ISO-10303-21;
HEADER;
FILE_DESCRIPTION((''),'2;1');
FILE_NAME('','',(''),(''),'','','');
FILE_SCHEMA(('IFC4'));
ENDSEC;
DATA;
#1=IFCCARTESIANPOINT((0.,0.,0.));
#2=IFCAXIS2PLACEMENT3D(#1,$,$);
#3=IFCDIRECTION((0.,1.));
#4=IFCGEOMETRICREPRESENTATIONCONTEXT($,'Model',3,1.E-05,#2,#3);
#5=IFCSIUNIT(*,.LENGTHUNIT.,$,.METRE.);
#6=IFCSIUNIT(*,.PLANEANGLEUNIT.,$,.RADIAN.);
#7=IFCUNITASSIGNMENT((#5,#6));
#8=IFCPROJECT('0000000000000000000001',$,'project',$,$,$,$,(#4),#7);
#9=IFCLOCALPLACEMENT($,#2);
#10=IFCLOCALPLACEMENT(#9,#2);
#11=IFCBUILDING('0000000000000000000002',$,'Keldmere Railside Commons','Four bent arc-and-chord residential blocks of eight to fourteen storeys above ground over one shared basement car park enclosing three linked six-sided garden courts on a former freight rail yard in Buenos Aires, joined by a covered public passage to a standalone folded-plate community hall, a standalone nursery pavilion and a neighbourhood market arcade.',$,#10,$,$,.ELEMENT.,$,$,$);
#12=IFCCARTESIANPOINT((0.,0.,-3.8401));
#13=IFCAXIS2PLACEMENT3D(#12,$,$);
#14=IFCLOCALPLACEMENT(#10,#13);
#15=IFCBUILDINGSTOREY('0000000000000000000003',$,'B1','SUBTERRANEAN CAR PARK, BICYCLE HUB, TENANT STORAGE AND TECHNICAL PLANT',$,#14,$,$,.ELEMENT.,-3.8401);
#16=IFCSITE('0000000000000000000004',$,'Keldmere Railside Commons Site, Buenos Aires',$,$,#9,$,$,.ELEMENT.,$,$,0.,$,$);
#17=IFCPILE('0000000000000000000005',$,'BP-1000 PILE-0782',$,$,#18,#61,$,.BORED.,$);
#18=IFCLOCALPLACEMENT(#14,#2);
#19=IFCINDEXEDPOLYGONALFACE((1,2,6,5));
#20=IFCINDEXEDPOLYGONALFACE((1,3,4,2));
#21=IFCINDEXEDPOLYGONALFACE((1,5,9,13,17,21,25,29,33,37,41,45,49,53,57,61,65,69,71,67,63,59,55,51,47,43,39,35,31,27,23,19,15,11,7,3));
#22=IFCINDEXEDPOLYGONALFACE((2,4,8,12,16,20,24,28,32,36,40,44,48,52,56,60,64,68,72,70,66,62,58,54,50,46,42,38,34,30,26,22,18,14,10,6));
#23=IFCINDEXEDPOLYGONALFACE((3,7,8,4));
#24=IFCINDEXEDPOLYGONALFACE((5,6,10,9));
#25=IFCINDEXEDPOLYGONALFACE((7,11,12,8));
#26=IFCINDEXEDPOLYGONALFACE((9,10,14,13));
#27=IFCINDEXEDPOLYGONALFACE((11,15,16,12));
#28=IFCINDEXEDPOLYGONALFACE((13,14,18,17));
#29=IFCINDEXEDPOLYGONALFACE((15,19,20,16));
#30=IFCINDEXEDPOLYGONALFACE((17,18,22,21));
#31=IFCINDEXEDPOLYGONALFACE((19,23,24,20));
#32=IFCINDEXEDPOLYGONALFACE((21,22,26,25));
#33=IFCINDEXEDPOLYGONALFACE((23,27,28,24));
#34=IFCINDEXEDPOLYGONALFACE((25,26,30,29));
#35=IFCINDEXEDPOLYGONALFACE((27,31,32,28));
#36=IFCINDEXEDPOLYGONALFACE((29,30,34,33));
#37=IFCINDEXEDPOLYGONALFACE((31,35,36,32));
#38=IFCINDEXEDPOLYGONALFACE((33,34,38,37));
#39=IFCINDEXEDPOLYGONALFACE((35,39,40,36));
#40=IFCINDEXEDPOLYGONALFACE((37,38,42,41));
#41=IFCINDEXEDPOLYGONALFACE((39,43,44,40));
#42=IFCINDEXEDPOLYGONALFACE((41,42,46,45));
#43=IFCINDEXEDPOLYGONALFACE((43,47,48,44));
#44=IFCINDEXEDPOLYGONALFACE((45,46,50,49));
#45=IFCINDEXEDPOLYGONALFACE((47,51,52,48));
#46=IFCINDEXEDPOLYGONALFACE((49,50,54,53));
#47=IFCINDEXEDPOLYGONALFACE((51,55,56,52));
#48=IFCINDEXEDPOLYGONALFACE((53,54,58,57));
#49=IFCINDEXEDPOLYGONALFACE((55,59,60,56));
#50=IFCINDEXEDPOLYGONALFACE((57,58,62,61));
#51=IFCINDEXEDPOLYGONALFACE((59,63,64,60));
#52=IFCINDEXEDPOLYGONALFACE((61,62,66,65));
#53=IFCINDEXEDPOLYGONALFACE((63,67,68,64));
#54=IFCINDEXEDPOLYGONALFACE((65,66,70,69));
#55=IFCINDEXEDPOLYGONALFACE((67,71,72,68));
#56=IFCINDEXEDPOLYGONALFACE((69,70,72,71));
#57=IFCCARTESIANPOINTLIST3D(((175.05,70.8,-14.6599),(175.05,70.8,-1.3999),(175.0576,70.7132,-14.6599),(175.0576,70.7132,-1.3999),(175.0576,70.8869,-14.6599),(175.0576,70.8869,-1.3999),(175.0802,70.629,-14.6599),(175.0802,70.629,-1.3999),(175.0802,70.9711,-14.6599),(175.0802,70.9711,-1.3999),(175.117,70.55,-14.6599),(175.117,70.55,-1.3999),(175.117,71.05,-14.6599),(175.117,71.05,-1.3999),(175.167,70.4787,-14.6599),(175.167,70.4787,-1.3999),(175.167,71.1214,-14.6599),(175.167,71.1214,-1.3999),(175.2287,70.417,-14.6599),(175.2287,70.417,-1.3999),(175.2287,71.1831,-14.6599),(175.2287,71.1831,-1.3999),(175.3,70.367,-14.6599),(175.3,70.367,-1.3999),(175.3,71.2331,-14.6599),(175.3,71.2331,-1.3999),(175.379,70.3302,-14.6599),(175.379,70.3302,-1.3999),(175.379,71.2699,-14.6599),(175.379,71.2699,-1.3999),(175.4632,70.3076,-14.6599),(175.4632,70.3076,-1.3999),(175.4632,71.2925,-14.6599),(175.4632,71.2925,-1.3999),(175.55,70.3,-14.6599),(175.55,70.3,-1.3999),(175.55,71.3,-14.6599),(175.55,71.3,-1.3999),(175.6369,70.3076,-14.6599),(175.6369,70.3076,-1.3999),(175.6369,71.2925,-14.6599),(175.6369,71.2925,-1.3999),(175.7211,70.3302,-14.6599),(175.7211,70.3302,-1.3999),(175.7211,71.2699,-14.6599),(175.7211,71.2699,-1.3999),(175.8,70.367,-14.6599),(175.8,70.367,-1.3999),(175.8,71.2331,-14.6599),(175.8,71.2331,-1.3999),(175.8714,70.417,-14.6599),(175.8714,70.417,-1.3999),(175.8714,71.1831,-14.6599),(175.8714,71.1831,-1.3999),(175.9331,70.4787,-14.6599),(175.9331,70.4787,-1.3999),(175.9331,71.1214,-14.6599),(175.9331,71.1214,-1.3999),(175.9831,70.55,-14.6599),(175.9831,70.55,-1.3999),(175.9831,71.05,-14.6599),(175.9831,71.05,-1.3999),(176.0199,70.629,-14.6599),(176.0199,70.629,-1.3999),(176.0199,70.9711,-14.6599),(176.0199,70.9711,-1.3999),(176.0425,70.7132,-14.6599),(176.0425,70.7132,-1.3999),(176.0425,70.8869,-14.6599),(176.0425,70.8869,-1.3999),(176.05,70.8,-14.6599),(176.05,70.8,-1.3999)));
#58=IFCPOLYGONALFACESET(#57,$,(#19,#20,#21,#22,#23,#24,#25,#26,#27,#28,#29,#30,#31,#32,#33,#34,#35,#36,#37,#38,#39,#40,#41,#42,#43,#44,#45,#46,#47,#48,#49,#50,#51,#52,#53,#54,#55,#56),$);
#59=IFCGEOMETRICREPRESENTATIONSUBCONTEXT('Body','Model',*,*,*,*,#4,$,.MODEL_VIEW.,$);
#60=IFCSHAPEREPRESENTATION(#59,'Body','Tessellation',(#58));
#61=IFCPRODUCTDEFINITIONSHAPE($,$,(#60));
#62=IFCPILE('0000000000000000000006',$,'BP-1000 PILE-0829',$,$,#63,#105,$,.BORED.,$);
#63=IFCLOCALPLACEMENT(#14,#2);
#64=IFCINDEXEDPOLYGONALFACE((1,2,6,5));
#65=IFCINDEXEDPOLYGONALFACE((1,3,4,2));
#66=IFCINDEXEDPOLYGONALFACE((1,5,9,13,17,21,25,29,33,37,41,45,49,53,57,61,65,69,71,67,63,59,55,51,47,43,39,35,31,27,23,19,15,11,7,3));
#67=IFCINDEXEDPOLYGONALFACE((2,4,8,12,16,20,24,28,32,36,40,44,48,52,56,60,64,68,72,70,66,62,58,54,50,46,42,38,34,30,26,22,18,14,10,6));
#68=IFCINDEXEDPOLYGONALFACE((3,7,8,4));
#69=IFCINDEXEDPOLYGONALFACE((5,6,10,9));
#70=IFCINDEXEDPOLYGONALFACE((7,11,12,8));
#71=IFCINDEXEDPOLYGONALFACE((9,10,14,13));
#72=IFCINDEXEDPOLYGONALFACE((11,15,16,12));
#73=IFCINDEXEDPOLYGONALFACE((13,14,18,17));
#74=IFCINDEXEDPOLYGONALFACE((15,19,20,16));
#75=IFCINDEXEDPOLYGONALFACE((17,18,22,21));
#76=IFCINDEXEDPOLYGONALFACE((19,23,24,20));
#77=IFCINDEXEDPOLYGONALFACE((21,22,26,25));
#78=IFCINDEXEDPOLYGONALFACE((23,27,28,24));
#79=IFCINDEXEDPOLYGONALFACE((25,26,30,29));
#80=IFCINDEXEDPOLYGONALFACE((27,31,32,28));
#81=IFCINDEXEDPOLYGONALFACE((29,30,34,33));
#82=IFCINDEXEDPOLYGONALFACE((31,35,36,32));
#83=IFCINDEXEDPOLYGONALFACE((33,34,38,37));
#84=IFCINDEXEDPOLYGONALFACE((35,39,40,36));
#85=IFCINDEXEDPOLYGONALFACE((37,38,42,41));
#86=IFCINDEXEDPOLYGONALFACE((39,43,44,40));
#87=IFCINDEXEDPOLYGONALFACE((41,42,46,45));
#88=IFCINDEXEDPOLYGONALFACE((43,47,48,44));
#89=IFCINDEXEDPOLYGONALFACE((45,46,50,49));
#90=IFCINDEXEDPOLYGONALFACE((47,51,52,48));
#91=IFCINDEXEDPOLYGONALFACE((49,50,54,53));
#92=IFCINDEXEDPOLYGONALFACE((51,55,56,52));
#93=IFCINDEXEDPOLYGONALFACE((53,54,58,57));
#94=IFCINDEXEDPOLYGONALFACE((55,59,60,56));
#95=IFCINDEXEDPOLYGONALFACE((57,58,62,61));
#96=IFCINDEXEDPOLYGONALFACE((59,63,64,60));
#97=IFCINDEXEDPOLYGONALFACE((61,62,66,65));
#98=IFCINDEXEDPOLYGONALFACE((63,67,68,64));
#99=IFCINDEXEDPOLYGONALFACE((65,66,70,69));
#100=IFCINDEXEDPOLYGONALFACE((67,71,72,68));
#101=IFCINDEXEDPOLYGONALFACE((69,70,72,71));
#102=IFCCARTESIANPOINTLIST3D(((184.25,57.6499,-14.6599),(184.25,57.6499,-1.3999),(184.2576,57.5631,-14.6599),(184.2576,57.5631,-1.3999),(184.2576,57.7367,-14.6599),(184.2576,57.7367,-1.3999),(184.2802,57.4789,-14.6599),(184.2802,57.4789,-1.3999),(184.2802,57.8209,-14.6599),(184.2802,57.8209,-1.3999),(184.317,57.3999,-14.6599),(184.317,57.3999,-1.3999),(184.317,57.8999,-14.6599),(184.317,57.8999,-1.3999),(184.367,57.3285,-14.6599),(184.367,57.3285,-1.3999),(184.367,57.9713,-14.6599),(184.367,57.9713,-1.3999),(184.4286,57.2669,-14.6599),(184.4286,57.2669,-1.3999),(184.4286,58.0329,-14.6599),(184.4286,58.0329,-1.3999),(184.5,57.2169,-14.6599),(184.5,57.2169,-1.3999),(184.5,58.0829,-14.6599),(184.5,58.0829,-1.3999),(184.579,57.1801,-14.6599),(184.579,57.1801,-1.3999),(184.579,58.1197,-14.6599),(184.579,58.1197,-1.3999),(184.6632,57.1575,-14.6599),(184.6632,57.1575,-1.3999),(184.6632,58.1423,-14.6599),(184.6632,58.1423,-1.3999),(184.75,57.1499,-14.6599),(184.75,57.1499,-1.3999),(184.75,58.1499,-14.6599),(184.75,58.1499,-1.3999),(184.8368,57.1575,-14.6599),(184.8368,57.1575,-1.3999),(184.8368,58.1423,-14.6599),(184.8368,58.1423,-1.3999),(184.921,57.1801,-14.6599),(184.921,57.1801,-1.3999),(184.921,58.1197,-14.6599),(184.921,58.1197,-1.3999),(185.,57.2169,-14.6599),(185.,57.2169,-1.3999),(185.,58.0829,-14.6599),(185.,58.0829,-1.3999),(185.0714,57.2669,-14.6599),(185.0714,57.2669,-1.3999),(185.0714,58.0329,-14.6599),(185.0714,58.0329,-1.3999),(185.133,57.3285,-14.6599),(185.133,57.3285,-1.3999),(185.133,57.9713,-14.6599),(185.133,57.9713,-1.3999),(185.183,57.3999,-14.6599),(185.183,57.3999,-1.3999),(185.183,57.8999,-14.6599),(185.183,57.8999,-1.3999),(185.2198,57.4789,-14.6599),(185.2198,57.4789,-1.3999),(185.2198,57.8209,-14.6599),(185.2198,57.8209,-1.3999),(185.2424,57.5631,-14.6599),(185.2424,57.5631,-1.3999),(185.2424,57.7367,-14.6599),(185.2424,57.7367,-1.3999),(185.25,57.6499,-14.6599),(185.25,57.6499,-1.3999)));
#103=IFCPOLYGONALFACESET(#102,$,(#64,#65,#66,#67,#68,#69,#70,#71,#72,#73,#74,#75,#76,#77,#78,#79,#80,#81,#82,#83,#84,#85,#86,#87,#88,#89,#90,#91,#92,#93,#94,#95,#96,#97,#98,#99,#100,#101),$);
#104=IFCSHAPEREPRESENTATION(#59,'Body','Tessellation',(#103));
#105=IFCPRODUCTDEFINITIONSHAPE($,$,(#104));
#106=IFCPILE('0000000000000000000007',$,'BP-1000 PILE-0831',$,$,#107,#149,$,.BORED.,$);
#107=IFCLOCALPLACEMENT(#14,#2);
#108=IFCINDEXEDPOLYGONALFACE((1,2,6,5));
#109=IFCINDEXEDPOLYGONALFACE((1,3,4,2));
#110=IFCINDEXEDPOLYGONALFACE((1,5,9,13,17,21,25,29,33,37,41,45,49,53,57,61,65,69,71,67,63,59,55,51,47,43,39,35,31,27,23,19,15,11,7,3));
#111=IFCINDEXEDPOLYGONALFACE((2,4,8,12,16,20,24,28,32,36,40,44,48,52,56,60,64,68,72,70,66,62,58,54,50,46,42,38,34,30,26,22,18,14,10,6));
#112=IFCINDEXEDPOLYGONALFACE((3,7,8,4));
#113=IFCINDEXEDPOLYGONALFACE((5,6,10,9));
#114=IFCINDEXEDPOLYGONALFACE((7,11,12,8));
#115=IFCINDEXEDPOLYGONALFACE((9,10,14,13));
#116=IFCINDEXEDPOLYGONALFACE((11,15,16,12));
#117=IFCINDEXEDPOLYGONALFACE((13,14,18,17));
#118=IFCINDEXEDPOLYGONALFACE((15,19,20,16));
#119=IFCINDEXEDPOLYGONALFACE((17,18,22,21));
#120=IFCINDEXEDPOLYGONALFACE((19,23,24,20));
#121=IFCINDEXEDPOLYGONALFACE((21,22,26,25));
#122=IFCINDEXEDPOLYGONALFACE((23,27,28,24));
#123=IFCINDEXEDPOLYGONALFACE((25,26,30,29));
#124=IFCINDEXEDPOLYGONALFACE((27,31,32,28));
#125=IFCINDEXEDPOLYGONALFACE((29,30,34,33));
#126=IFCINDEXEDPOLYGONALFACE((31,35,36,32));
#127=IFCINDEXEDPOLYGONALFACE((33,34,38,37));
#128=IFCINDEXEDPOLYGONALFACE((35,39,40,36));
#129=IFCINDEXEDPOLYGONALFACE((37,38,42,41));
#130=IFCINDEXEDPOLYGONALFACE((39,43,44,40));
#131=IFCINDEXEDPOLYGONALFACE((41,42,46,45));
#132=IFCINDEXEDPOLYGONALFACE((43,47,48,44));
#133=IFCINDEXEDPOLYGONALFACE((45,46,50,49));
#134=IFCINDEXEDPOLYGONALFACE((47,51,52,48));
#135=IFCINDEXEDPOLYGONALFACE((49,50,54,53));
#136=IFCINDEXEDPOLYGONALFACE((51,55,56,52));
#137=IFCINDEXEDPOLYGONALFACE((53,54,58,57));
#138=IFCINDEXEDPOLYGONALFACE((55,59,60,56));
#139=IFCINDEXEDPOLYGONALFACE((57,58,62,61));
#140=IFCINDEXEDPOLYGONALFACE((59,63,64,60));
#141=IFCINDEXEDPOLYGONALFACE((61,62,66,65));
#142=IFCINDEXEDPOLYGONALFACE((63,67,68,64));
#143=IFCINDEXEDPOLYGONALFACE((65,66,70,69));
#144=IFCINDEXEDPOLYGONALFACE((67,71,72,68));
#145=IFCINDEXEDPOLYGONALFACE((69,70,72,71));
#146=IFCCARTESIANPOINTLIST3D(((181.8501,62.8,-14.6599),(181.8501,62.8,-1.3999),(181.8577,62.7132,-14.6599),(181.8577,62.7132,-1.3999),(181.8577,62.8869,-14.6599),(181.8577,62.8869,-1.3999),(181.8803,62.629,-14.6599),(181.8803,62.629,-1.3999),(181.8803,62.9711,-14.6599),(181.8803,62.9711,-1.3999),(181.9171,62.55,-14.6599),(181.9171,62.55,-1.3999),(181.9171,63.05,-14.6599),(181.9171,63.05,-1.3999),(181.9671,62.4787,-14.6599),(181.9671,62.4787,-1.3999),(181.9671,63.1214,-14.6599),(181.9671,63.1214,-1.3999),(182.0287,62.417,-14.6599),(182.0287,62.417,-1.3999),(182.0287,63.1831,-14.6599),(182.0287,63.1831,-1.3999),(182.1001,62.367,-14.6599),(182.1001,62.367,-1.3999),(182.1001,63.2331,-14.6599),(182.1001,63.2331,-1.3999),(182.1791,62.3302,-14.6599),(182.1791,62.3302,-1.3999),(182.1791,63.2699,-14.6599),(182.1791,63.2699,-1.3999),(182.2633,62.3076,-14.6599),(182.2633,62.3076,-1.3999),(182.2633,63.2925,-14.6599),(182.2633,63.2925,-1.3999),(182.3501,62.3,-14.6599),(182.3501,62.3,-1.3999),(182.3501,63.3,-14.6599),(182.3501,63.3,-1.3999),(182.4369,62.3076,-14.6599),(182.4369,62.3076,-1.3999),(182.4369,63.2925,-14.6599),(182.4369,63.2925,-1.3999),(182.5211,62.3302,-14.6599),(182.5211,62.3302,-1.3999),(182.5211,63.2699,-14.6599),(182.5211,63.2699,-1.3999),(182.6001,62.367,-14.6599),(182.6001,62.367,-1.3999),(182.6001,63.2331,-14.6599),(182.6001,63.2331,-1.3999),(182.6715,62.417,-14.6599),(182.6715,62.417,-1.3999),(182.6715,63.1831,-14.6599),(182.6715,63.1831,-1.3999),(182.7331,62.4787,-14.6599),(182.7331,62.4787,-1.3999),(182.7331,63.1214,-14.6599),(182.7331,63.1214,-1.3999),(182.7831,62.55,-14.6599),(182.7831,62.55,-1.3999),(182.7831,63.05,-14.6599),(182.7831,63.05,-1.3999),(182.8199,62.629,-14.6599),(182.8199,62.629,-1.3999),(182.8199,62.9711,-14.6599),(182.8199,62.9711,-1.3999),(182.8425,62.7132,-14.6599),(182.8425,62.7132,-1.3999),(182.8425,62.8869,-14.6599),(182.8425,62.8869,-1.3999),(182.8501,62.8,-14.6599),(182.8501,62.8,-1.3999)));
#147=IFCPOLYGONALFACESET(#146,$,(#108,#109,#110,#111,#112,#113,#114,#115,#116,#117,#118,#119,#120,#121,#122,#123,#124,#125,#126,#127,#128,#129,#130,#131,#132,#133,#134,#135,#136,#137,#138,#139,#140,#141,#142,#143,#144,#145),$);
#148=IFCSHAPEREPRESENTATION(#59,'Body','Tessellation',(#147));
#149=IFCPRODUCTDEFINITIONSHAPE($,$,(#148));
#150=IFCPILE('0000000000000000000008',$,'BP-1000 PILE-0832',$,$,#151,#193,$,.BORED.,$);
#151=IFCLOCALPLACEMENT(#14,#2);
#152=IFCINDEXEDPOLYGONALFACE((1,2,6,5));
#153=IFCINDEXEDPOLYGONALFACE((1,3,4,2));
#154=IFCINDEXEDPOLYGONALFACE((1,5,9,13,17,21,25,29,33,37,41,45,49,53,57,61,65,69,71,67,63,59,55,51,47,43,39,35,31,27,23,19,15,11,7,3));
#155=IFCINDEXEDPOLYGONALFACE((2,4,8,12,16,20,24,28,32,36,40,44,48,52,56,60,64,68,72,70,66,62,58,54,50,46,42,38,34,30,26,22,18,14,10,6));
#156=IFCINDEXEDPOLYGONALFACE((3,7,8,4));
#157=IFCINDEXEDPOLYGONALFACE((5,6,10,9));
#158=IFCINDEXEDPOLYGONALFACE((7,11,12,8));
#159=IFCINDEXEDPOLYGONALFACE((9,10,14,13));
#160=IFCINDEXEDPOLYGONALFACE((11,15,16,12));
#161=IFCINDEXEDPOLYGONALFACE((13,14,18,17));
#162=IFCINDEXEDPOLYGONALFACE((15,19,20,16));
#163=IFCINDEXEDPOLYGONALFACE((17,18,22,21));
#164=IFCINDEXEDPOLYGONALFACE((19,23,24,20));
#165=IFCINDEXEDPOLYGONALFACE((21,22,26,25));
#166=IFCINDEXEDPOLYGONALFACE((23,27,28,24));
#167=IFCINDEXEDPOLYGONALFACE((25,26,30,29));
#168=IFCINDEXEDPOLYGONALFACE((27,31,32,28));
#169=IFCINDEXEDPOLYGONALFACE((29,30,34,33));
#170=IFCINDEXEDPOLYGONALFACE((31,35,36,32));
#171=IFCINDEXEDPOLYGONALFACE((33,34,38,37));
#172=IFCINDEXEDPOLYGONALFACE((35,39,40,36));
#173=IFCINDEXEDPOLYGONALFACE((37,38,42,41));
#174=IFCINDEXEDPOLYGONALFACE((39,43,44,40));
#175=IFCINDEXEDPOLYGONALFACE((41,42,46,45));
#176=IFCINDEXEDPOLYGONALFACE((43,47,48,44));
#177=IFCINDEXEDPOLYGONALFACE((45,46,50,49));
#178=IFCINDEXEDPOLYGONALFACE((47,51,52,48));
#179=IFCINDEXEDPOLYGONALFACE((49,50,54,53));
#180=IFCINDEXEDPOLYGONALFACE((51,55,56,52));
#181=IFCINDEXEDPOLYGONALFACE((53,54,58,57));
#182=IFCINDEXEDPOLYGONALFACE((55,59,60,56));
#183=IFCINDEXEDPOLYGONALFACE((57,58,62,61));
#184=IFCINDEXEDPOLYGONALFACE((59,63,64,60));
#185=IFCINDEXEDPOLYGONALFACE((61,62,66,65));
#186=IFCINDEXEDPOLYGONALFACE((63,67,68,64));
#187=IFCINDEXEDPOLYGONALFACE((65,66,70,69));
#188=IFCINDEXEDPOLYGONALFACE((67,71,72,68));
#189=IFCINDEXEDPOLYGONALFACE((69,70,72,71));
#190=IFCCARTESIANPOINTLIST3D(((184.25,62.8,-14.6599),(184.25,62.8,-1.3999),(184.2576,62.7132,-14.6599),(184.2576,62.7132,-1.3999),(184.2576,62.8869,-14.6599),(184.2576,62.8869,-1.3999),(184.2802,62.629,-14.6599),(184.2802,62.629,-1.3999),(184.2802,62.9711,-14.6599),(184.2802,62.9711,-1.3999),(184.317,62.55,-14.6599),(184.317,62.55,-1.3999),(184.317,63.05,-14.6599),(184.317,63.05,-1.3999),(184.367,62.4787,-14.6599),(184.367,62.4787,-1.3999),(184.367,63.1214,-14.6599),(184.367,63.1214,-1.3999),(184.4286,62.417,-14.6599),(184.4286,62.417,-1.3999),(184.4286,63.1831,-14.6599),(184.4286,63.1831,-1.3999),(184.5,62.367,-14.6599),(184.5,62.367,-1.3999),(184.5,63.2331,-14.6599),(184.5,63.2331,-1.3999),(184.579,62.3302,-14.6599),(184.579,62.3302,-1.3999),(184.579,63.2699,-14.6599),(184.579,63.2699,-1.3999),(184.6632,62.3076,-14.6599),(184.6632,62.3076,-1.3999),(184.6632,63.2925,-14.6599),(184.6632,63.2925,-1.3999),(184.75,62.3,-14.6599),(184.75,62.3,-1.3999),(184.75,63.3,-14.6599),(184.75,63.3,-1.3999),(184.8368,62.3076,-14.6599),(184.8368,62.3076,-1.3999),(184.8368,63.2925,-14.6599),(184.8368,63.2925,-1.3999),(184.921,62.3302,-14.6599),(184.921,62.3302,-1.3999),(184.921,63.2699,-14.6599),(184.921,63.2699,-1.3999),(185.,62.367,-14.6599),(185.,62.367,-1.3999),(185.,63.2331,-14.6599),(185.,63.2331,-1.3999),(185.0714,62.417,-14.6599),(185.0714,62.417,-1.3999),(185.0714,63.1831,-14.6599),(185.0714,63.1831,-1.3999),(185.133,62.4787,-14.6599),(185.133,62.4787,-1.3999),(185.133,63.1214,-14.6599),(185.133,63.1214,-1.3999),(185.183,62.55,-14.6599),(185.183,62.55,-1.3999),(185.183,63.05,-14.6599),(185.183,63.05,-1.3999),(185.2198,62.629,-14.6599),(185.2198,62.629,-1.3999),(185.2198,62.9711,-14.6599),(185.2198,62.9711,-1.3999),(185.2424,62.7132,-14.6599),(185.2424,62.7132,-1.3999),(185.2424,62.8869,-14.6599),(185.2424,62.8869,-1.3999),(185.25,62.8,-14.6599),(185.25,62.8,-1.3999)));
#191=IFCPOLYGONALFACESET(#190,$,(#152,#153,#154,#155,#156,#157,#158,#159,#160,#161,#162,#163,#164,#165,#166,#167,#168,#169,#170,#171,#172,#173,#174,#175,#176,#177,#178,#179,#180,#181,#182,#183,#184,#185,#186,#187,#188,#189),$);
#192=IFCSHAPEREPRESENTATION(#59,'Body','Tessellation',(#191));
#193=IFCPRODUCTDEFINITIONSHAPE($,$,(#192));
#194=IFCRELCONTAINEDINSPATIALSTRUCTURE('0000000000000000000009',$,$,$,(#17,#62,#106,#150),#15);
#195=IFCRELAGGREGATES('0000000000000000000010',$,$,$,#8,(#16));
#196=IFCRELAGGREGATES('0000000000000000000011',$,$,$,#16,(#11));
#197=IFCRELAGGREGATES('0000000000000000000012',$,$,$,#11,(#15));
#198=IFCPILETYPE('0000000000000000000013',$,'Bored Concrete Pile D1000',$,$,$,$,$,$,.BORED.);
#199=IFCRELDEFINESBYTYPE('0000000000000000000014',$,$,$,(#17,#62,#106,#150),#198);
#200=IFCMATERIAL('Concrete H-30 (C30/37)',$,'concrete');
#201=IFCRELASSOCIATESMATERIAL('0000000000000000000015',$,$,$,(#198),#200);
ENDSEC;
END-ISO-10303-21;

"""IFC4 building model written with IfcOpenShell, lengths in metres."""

from ifc_helpers import new_model, si_unit, direction, frame, origin, origin_2d, place, context, subcontext, project, spatial, circle, extrude, material, material_profile, profile_set, type_object, element, save


model = new_model("IFC4")

# Units and contexts
model_context = context("Model", 3, precision=1e-05, world=origin(), true_north=direction((0.0, 1.0)))
body_context = subcontext(model_context, "Body", "Model", "MODEL_VIEW")
ifc_project = project(units=[si_unit("LENGTHUNIT", "METRE"), si_unit("PLANEANGLEUNIT", "RADIAN")], contexts=[model_context])

# Site, building, storey
site_placement = place(None, origin())
site = spatial("IfcSite", under=ifc_project, at=site_placement, Name="Keldmere Railside Commons Site, Buenos Aires", CompositionType="ELEMENT", RefElevation=0.0)
building_placement = place(site_placement, origin())
building = spatial("IfcBuilding", under=site, at=building_placement, Name="Keldmere Railside Commons", Description="Four bent arc-and-chord residential blocks of eight to fourteen storeys above ground over one shared basement car park enclosing three linked six-sided garden courts on a former freight rail yard in Buenos Aires, joined by a covered public passage to a standalone folded-plate community hall, a standalone nursery pavilion and a neighbourhood market arcade.", CompositionType="ELEMENT")
storey_placement = place(building_placement, frame((0.0, 0.0, -3.8401)))
storey = spatial("IfcBuildingStorey", under=building, at=storey_placement, Name="B1", Description="SUBTERRANEAN CAR PARK, BICYCLE HUB, TENANT STORAGE AND TECHNICAL PLANT", CompositionType="ELEMENT", Elevation=-3.8401)

# Piles
ifc_material_1 = material(Name="Concrete H-30 (C30/37)", Category="concrete")
ifc_material_profile_1 = material_profile(ifc_material_1, circle(Radius=0.5, at=origin_2d()), Name="PILE-D1000")
ifc_profile_set_1 = profile_set([ifc_material_profile_1], Name="Concrete H-30 (C30/37)")
pile_type_1 = type_object("IfcPileType", Name="Bored Concrete Pile D1000", PredefinedType="BORED", material=ifc_profile_set_1)
for number, where, z_axis, x_axis, name in (
    (1, (175.55, 70.8, -1.3999), (0.0, 0.0, -1.0), (1.0, 0.0, 0.0), "BP-1000 PILE-0782"),
    (2, (184.75, 57.6499, -1.3999), (0.0, 0.0, -1.0), (1.0, 0.0, 0.0), "BP-1000 PILE-0829"),
    (3, (182.3501, 62.8, -1.3999), (0.0, 0.0, -1.0), (1.0, 0.0, 0.0), "BP-1000 PILE-0831"),
    (4, (184.75, 62.8, -1.3999), (0.0, 0.0, -1.0), (1.0, 0.0, 0.0), "BP-1000 PILE-0832"),
):
    element("IfcPile", number, at=place(storey_placement, frame(where, z_axis=z_axis, x_axis=x_axis)), inside=storey, type_object=pile_type_1, Name=name, PredefinedType="BORED", context=body_context, shape_type="SweptSolid", body=[
        extrude(circle(Radius=0.5, at=origin_2d()), origin(), (0.0, 0.0, 1.0), 13.26),
    ])

save(model, "model.ifc")
